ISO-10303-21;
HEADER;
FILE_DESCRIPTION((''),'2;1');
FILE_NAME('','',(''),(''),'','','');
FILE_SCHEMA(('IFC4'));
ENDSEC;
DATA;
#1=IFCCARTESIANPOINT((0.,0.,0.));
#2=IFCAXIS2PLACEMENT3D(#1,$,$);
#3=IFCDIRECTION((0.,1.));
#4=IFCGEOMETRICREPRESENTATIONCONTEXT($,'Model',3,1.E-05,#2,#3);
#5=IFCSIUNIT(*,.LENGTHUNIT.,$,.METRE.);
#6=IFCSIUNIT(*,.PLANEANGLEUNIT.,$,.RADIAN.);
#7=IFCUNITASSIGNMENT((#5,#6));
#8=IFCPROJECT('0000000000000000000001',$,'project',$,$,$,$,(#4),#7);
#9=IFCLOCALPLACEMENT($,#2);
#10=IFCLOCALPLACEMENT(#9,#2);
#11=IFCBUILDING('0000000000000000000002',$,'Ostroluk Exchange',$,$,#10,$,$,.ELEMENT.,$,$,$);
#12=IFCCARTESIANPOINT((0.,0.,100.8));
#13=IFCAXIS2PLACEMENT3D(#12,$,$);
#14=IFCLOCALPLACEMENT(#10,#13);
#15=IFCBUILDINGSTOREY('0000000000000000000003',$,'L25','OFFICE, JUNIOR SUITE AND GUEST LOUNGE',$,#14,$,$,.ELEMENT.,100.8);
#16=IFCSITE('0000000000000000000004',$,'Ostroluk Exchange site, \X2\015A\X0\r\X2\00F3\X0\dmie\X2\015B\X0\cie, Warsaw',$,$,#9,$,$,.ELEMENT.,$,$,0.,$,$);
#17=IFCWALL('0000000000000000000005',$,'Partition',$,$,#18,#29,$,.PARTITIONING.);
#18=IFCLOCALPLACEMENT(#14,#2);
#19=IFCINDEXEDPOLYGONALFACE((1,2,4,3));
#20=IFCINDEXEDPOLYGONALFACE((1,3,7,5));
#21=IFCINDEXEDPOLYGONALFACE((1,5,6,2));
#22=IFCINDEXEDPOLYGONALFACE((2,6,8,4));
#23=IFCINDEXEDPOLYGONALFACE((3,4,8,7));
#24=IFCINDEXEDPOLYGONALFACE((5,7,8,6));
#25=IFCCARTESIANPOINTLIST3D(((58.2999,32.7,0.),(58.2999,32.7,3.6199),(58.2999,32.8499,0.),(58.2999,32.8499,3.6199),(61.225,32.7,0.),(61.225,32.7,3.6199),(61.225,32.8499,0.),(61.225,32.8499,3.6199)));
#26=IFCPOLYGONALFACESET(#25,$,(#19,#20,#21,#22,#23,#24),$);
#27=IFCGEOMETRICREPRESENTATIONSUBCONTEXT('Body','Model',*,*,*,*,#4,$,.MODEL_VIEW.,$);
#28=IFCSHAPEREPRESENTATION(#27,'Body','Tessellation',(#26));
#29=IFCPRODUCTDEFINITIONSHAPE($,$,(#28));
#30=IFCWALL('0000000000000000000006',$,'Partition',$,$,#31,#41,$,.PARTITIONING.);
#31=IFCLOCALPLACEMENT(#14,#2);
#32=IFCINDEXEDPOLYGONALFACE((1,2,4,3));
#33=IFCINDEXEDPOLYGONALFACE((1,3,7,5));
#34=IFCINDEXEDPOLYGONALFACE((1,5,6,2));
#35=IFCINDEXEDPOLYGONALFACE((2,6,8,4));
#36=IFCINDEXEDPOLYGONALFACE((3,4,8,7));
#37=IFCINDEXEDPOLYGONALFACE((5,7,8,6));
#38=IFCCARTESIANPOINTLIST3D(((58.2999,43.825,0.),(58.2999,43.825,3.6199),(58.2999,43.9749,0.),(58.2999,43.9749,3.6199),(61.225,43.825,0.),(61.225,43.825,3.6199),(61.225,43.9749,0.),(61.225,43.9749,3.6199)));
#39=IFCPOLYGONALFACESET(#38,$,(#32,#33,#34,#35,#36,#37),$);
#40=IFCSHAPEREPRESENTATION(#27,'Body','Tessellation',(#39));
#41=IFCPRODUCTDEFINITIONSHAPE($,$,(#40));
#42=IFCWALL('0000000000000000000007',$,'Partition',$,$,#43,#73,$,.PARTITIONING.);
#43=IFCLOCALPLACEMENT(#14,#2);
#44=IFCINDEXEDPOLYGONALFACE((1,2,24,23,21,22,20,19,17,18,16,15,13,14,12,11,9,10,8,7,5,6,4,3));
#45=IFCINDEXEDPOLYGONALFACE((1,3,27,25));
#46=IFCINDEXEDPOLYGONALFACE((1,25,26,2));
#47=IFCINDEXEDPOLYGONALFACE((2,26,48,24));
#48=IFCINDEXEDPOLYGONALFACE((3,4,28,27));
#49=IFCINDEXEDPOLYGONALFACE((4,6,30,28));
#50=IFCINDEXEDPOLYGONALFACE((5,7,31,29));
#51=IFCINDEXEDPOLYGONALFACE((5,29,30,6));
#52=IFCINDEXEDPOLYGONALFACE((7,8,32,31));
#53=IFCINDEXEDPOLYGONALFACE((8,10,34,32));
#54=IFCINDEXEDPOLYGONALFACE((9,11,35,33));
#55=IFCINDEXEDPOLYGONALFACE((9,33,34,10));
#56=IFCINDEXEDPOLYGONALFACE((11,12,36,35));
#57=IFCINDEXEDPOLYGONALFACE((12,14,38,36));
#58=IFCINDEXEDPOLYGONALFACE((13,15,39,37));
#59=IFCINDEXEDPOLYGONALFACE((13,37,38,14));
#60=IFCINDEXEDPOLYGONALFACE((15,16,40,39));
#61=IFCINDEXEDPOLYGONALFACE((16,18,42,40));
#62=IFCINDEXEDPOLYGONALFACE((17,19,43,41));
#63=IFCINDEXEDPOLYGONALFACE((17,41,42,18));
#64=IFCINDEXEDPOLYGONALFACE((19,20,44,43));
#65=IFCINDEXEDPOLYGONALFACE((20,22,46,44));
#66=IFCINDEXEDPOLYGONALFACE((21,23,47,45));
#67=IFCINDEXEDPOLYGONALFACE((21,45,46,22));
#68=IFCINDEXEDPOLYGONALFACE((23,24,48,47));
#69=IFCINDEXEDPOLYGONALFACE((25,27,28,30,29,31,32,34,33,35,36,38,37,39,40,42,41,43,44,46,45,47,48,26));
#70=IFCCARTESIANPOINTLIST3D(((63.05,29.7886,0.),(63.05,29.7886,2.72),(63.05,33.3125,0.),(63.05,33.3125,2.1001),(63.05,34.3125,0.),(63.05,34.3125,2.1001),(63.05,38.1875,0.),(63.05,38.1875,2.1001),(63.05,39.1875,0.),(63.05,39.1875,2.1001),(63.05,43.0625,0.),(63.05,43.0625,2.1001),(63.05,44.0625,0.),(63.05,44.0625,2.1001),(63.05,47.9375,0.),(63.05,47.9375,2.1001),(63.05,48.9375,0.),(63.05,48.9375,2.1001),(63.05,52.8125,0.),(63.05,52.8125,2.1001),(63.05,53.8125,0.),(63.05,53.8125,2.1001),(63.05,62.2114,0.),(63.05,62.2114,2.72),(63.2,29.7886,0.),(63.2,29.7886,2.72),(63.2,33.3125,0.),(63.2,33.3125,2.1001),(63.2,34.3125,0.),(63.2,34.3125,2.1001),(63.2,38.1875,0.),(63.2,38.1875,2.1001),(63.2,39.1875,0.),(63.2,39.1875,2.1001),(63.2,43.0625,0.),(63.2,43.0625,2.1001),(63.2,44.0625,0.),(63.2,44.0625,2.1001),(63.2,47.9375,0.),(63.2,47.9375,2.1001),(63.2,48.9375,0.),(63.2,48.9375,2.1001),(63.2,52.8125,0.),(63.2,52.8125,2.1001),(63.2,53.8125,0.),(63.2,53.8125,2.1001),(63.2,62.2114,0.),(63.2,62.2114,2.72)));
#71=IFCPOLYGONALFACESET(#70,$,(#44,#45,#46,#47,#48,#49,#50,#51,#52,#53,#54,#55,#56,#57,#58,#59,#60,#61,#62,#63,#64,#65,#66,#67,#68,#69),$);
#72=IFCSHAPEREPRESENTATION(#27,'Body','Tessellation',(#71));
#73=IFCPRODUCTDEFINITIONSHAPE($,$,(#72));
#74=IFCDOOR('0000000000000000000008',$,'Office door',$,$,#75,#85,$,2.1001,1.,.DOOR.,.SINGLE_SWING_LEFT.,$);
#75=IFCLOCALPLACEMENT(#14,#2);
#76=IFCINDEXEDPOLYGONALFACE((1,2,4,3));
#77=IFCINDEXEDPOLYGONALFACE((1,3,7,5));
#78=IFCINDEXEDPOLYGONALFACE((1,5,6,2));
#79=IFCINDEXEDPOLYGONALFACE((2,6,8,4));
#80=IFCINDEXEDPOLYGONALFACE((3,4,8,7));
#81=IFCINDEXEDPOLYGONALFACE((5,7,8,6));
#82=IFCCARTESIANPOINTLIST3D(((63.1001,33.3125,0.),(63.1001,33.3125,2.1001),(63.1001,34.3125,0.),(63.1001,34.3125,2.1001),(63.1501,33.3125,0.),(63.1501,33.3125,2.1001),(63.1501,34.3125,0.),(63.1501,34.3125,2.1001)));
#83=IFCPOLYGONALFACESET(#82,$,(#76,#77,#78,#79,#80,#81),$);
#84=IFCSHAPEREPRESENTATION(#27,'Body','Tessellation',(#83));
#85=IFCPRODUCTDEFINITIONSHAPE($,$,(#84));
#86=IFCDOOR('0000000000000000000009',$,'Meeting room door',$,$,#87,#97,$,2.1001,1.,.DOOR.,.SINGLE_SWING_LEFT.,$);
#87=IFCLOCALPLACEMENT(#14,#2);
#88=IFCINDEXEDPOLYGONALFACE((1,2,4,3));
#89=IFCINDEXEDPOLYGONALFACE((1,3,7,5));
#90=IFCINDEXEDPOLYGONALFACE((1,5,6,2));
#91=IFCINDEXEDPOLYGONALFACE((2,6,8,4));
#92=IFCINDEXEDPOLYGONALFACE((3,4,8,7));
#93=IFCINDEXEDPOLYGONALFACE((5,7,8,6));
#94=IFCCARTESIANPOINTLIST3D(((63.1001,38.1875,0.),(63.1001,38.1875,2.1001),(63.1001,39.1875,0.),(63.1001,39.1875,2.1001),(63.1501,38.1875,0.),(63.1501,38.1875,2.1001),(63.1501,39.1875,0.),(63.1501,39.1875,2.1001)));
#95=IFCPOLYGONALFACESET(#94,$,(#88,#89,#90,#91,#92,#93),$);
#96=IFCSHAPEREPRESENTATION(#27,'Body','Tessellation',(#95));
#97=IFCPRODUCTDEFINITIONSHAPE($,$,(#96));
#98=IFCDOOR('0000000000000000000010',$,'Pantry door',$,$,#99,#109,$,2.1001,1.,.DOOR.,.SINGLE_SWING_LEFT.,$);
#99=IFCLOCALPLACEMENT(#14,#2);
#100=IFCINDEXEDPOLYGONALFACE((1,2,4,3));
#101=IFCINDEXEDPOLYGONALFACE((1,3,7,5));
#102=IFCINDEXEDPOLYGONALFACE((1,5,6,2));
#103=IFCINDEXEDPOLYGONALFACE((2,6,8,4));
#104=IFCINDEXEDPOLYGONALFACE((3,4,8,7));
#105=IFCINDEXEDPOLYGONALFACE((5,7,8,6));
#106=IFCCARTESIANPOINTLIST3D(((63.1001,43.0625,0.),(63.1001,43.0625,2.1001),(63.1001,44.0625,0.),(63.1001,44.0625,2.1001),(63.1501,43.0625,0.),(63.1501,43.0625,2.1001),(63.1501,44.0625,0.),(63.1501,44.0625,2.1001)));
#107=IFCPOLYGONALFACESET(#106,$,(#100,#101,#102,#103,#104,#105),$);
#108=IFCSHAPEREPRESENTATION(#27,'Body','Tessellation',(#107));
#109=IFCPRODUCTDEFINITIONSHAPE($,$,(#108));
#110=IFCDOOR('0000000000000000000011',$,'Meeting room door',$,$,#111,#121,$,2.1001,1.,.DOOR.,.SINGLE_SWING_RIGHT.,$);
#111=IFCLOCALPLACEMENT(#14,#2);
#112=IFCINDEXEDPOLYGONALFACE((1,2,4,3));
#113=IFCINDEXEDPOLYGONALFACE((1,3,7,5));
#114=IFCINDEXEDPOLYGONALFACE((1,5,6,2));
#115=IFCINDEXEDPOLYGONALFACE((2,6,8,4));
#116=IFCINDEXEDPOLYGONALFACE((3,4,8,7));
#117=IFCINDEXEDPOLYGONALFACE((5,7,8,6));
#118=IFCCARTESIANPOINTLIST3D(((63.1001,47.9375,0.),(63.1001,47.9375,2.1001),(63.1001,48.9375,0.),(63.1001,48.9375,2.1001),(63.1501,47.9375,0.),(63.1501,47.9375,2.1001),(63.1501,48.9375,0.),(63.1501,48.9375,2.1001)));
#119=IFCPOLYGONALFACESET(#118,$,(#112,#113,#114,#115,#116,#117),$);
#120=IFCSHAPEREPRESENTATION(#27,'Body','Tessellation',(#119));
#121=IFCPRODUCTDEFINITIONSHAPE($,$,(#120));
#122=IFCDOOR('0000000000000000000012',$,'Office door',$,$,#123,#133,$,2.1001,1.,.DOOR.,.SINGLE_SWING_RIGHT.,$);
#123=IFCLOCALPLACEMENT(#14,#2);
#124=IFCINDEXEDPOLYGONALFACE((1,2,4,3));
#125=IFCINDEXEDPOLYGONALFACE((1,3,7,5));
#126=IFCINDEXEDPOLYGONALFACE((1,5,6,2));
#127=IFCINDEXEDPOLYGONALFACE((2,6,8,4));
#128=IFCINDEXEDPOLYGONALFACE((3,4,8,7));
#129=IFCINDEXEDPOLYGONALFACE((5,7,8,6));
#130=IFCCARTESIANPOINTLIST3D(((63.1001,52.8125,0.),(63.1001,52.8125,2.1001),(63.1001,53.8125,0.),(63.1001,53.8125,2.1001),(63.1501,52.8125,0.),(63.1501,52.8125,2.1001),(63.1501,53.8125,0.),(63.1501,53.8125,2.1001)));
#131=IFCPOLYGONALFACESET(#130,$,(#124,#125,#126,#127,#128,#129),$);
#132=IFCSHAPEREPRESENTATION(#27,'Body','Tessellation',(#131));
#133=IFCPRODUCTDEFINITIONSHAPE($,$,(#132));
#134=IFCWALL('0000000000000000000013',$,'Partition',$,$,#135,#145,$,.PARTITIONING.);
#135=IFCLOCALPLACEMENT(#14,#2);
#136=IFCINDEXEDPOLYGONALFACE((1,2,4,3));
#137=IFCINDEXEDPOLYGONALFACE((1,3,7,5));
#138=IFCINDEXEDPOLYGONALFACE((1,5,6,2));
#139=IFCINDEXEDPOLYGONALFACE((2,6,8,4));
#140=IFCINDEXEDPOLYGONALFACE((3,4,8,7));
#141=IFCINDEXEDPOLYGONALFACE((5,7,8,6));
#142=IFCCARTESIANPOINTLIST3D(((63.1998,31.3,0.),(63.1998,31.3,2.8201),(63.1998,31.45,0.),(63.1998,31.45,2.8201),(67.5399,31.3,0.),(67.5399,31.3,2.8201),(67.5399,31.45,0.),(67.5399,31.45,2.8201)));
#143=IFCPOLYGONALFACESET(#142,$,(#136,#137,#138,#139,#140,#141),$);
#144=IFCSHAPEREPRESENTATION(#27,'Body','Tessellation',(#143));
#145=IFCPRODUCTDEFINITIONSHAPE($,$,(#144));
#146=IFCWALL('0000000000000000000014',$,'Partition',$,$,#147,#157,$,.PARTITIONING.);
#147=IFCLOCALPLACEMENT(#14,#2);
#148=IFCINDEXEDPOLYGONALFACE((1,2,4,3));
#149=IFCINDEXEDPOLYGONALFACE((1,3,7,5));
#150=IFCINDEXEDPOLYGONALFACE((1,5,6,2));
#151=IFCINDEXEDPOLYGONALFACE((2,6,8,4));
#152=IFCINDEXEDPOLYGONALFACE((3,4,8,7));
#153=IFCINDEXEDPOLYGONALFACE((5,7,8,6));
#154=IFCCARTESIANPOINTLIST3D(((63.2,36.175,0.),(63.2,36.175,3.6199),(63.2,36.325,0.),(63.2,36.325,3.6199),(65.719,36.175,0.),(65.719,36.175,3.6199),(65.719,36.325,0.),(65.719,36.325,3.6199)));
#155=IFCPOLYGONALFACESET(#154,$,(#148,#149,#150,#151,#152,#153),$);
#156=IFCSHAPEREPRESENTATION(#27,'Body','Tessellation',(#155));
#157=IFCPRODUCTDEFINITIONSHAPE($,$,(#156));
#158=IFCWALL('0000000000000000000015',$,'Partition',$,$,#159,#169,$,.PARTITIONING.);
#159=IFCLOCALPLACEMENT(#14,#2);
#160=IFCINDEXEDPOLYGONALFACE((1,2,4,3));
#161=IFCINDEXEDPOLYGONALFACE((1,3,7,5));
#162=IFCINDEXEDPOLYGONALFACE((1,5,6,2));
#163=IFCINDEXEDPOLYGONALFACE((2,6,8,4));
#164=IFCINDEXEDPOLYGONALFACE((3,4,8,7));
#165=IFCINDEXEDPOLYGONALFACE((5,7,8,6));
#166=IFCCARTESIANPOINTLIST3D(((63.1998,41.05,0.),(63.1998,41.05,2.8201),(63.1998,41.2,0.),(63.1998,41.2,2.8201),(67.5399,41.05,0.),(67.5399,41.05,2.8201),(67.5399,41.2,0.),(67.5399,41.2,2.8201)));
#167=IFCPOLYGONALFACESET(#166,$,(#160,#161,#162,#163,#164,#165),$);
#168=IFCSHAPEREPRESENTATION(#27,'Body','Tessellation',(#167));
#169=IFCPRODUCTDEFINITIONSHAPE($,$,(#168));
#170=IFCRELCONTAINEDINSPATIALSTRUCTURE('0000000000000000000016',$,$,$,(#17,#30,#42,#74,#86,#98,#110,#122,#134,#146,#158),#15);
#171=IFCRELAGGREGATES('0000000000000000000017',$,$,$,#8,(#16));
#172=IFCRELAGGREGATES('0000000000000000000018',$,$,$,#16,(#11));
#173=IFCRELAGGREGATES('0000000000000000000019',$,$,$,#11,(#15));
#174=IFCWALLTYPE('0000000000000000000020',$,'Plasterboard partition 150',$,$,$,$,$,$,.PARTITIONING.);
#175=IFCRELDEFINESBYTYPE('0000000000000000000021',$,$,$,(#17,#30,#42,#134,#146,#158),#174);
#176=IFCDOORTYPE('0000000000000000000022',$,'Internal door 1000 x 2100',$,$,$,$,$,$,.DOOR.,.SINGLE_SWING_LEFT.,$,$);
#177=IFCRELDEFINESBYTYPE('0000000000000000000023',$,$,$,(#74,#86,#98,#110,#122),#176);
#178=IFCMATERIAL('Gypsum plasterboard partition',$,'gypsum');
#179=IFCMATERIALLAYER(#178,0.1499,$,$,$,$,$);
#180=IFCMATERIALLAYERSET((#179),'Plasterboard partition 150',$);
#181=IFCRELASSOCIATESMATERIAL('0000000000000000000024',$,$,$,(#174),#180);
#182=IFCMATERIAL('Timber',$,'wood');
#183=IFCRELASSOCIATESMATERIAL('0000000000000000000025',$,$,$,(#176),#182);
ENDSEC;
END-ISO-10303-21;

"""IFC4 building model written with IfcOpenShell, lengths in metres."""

from ifc_helpers import new_model, si_unit, direction, frame, frame_2d, origin, place, context, subcontext, project, spatial, rectangle, extrude, material, layer, layer_set, type_object, element, fill, save


model = new_model("IFC4")

# Units and contexts
model_context = context("Model", 3, precision=1e-05, world=origin(), true_north=direction((0.0, 1.0)))
body_context = subcontext(model_context, "Body", "Model", "MODEL_VIEW")
ifc_project = project(units=[si_unit("LENGTHUNIT", "METRE"), si_unit("PLANEANGLEUNIT", "RADIAN")], contexts=[model_context])

# Site, building, storey
site_placement = place(None, origin())
site = spatial("IfcSite", under=ifc_project, at=site_placement, Name="Ostroluk Exchange site, Śródmieście, Warsaw", CompositionType="ELEMENT", RefElevation=0.0)
building_placement = place(site_placement, origin())
building = spatial("IfcBuilding", under=site, at=building_placement, Name="Ostroluk Exchange", CompositionType="ELEMENT")
storey_placement = place(building_placement, frame((0.0, 0.0, 100.8)))
storey = spatial("IfcBuildingStorey", under=building, at=storey_placement, Name="L25", Description="OFFICE, JUNIOR SUITE AND GUEST LOUNGE", CompositionType="ELEMENT", Elevation=100.8)

# Shared definitions
ifc_material_1 = material(Name="Gypsum plasterboard partition", Category="gypsum")
ifc_layer_1 = layer(ifc_material_1, 0.1499)
ifc_layer_set_1 = layer_set([ifc_layer_1], Name="Plasterboard partition 150")
wall_type_1 = type_object("IfcWallType", Name="Plasterboard partition 150", PredefinedType="PARTITIONING", material=ifc_layer_set_1)
ifc_material_2 = material(Name="Timber", Category="wood")
door_type_1 = type_object("IfcDoorType", Name="Internal door 1000 x 2100", OperationType="SINGLE_SWING_LEFT", PredefinedType="DOOR", material=ifc_material_2)

# Walls
for number, where, z_axis, x_axis, name in (
    (1, (58.3, 32.7749, 0.0), (0.0, 0.0, 1.0), (1.0, 0.0, 0.0), "Partition"),
    (2, (58.3, 43.8999, 0.0), (0.0, 0.0, 1.0), (1.0, 0.0, 0.0), "Partition"),
):
    element("IfcWall", number, at=place(storey_placement, frame(where, z_axis=z_axis, x_axis=x_axis)), inside=storey, type_object=wall_type_1, Name=name, PredefinedType="PARTITIONING", context=body_context, shape_type="SweptSolid", body=[
        extrude(rectangle(XDim=2.925, YDim=0.1499, at=frame_2d((1.4624, 0.0))), origin(), (0.0, 0.0, 1.0), 3.6199),
    ])

# Wall, openings, doors
wall_1_placement = place(storey_placement, frame((63.125, 29.7886, 0.0), z_axis=(0.0, 0.0, 1.0), x_axis=(0.0, 1.0, 0.0)))
wall_1 = element("IfcWall", 3, at=wall_1_placement, inside=storey, type_object=wall_type_1, Name="Partition", PredefinedType="PARTITIONING", context=body_context, shape_type="SweptSolid", body=[
    extrude(rectangle(XDim=32.4229, YDim=0.1499, at=frame_2d((16.2114, 0.0))), origin(), (0.0, 0.0, 1.0), 2.72),
])
opening_1_placement = place(wall_1_placement, frame((3.5239, 0.0, 0.0)))
opening_1 = element("IfcOpeningElement", 4, at=opening_1_placement, cuts=wall_1, PredefinedType="OPENING", context=body_context, shape_type="SweptSolid", body=[
    extrude(rectangle(XDim=1.0, YDim=2.1001, at=frame_2d((0.5, 1.05))), frame((0.0, 0.085, 0.0), z_axis=(0.0, -1.0, 0.0), x_axis=(1.0, 0.0, 0.0)), (0.0, 0.0, 1.0), 0.1699),
])
opening_2_placement = place(wall_1_placement, frame((8.3989, 0.0, 0.0)))
opening_2 = element("IfcOpeningElement", 5, at=opening_2_placement, cuts=wall_1, PredefinedType="OPENING", context=body_context, shape_type="SweptSolid", body=[
    extrude(rectangle(XDim=1.0, YDim=2.1001, at=frame_2d((0.5, 1.05))), frame((0.0, 0.085, 0.0), z_axis=(0.0, -1.0, 0.0), x_axis=(1.0, 0.0, 0.0)), (0.0, 0.0, 1.0), 0.1699),
])
opening_3_placement = place(wall_1_placement, frame((13.2739, 0.0, 0.0)))
opening_3 = element("IfcOpeningElement", 6, at=opening_3_placement, cuts=wall_1, PredefinedType="OPENING", context=body_context, shape_type="SweptSolid", body=[
    extrude(rectangle(XDim=1.0, YDim=2.1001, at=frame_2d((0.5, 1.05))), frame((0.0, 0.085, 0.0), z_axis=(0.0, -1.0, 0.0), x_axis=(1.0, 0.0, 0.0)), (0.0, 0.0, 1.0), 0.1699),
])
opening_4_placement = place(wall_1_placement, frame((18.1489, 0.0, 0.0)))
opening_4 = element("IfcOpeningElement", 7, at=opening_4_placement, cuts=wall_1, PredefinedType="OPENING", context=body_context, shape_type="SweptSolid", body=[
    extrude(rectangle(XDim=1.0, YDim=2.1001, at=frame_2d((0.5, 1.05))), frame((0.0, 0.085, 0.0), z_axis=(0.0, -1.0, 0.0), x_axis=(1.0, 0.0, 0.0)), (0.0, 0.0, 1.0), 0.1699),
])
opening_5_placement = place(wall_1_placement, frame((23.0239, 0.0, 0.0)))
opening_5 = element("IfcOpeningElement", 8, at=opening_5_placement, cuts=wall_1, PredefinedType="OPENING", context=body_context, shape_type="SweptSolid", body=[
    extrude(rectangle(XDim=1.0, YDim=2.1001, at=frame_2d((0.5, 1.05))), frame((0.0, 0.085, 0.0), z_axis=(0.0, -1.0, 0.0), x_axis=(1.0, 0.0, 0.0)), (0.0, 0.0, 1.0), 0.1699),
])
door_1_placement = place(opening_1_placement, origin())
door_1 = element("IfcDoor", 9, at=door_1_placement, inside=storey, type_object=door_type_1, Name="Office door", OperationType="SINGLE_SWING_LEFT", OverallHeight=2.1001, OverallWidth=1.0, PredefinedType="DOOR", context=body_context, shape_type="SweptSolid", body=[
    extrude(rectangle(XDim=1.0, YDim=2.1001, at=frame_2d((0.5, 1.05))), frame((0.0, 0.0249, 0.0), z_axis=(0.0, -1.0, 0.0), x_axis=(1.0, 0.0, 0.0)), (0.0, 0.0, 1.0), 0.05),
])
fill(opening_1, door_1)
door_2_placement = place(opening_2_placement, origin())
door_2 = element("IfcDoor", 10, at=door_2_placement, inside=storey, type_object=door_type_1, Name="Meeting room door", OperationType="SINGLE_SWING_LEFT", OverallHeight=2.1001, OverallWidth=1.0, PredefinedType="DOOR", context=body_context, shape_type="SweptSolid", body=[
    extrude(rectangle(XDim=1.0, YDim=2.1001, at=frame_2d((0.5, 1.05))), frame((0.0, 0.0249, 0.0), z_axis=(0.0, -1.0, 0.0), x_axis=(1.0, 0.0, 0.0)), (0.0, 0.0, 1.0), 0.05),
])
fill(opening_2, door_2)
door_3_placement = place(opening_3_placement, origin())
door_3 = element("IfcDoor", 11, at=door_3_placement, inside=storey, type_object=door_type_1, Name="Pantry door", OperationType="SINGLE_SWING_LEFT", OverallHeight=2.1001, OverallWidth=1.0, PredefinedType="DOOR", context=body_context, shape_type="SweptSolid", body=[
    extrude(rectangle(XDim=1.0, YDim=2.1001, at=frame_2d((0.5, 1.05))), frame((0.0, 0.0249, 0.0), z_axis=(0.0, -1.0, 0.0), x_axis=(1.0, 0.0, 0.0)), (0.0, 0.0, 1.0), 0.05),
])
fill(opening_3, door_3)
door_4_placement = place(opening_4_placement, origin())
door_4 = element("IfcDoor", 12, at=door_4_placement, inside=storey, type_object=door_type_1, Name="Meeting room door", OperationType="SINGLE_SWING_RIGHT", OverallHeight=2.1001, OverallWidth=1.0, PredefinedType="DOOR", context=body_context, shape_type="SweptSolid", body=[
    extrude(rectangle(XDim=1.0, YDim=2.1001, at=frame_2d((0.5, 1.05))), frame((0.0, 0.0249, 0.0), z_axis=(0.0, -1.0, 0.0), x_axis=(1.0, 0.0, 0.0)), (0.0, 0.0, 1.0), 0.05),
])
fill(opening_4, door_4)
door_5_placement = place(opening_5_placement, origin())
door_5 = element("IfcDoor", 13, at=door_5_placement, inside=storey, type_object=door_type_1, Name="Office door", OperationType="SINGLE_SWING_RIGHT", OverallHeight=2.1001, OverallWidth=1.0, PredefinedType="DOOR", context=body_context, shape_type="SweptSolid", body=[
    extrude(rectangle(XDim=1.0, YDim=2.1001, at=frame_2d((0.5, 1.05))), frame((0.0, 0.0249, 0.0), z_axis=(0.0, -1.0, 0.0), x_axis=(1.0, 0.0, 0.0)), (0.0, 0.0, 1.0), 0.05),
])
fill(opening_5, door_5)

# Walls
wall_2_placement = place(storey_placement, frame((63.2, 31.375, 0.0), z_axis=(0.0, 0.0, 1.0), x_axis=(1.0, 0.0, 0.0)))
element("IfcWall", 14, at=wall_2_placement, inside=storey, type_object=wall_type_1, Name="Partition", PredefinedType="PARTITIONING", context=body_context, shape_type="SweptSolid", body=[
    extrude(rectangle(XDim=4.3401, YDim=0.1499, at=frame_2d((2.1699, 0.0))), origin(), (0.0, 0.0, 1.0), 2.8201),
])
wall_3_placement = place(storey_placement, frame((63.2, 36.25, 0.0), z_axis=(0.0, 0.0, 1.0), x_axis=(1.0, 0.0, 0.0)))
element("IfcWall", 15, at=wall_3_placement, inside=storey, type_object=wall_type_1, Name="Partition", PredefinedType="PARTITIONING", context=body_context, shape_type="SweptSolid", body=[
    extrude(rectangle(XDim=2.519, YDim=0.1499, at=frame_2d((1.2595, 0.0))), origin(), (0.0, 0.0, 1.0), 3.6199),
])
wall_4_placement = place(storey_placement, frame((63.2, 41.125, 0.0), z_axis=(0.0, 0.0, 1.0), x_axis=(1.0, 0.0, 0.0)))
element("IfcWall", 16, at=wall_4_placement, inside=storey, type_object=wall_type_1, Name="Partition", PredefinedType="PARTITIONING", context=body_context, shape_type="SweptSolid", body=[
    extrude(rectangle(XDim=4.3401, YDim=0.1499, at=frame_2d((2.1699, 0.0))), origin(), (0.0, 0.0, 1.0), 2.8201),
])

save(model, "model.ifc")
